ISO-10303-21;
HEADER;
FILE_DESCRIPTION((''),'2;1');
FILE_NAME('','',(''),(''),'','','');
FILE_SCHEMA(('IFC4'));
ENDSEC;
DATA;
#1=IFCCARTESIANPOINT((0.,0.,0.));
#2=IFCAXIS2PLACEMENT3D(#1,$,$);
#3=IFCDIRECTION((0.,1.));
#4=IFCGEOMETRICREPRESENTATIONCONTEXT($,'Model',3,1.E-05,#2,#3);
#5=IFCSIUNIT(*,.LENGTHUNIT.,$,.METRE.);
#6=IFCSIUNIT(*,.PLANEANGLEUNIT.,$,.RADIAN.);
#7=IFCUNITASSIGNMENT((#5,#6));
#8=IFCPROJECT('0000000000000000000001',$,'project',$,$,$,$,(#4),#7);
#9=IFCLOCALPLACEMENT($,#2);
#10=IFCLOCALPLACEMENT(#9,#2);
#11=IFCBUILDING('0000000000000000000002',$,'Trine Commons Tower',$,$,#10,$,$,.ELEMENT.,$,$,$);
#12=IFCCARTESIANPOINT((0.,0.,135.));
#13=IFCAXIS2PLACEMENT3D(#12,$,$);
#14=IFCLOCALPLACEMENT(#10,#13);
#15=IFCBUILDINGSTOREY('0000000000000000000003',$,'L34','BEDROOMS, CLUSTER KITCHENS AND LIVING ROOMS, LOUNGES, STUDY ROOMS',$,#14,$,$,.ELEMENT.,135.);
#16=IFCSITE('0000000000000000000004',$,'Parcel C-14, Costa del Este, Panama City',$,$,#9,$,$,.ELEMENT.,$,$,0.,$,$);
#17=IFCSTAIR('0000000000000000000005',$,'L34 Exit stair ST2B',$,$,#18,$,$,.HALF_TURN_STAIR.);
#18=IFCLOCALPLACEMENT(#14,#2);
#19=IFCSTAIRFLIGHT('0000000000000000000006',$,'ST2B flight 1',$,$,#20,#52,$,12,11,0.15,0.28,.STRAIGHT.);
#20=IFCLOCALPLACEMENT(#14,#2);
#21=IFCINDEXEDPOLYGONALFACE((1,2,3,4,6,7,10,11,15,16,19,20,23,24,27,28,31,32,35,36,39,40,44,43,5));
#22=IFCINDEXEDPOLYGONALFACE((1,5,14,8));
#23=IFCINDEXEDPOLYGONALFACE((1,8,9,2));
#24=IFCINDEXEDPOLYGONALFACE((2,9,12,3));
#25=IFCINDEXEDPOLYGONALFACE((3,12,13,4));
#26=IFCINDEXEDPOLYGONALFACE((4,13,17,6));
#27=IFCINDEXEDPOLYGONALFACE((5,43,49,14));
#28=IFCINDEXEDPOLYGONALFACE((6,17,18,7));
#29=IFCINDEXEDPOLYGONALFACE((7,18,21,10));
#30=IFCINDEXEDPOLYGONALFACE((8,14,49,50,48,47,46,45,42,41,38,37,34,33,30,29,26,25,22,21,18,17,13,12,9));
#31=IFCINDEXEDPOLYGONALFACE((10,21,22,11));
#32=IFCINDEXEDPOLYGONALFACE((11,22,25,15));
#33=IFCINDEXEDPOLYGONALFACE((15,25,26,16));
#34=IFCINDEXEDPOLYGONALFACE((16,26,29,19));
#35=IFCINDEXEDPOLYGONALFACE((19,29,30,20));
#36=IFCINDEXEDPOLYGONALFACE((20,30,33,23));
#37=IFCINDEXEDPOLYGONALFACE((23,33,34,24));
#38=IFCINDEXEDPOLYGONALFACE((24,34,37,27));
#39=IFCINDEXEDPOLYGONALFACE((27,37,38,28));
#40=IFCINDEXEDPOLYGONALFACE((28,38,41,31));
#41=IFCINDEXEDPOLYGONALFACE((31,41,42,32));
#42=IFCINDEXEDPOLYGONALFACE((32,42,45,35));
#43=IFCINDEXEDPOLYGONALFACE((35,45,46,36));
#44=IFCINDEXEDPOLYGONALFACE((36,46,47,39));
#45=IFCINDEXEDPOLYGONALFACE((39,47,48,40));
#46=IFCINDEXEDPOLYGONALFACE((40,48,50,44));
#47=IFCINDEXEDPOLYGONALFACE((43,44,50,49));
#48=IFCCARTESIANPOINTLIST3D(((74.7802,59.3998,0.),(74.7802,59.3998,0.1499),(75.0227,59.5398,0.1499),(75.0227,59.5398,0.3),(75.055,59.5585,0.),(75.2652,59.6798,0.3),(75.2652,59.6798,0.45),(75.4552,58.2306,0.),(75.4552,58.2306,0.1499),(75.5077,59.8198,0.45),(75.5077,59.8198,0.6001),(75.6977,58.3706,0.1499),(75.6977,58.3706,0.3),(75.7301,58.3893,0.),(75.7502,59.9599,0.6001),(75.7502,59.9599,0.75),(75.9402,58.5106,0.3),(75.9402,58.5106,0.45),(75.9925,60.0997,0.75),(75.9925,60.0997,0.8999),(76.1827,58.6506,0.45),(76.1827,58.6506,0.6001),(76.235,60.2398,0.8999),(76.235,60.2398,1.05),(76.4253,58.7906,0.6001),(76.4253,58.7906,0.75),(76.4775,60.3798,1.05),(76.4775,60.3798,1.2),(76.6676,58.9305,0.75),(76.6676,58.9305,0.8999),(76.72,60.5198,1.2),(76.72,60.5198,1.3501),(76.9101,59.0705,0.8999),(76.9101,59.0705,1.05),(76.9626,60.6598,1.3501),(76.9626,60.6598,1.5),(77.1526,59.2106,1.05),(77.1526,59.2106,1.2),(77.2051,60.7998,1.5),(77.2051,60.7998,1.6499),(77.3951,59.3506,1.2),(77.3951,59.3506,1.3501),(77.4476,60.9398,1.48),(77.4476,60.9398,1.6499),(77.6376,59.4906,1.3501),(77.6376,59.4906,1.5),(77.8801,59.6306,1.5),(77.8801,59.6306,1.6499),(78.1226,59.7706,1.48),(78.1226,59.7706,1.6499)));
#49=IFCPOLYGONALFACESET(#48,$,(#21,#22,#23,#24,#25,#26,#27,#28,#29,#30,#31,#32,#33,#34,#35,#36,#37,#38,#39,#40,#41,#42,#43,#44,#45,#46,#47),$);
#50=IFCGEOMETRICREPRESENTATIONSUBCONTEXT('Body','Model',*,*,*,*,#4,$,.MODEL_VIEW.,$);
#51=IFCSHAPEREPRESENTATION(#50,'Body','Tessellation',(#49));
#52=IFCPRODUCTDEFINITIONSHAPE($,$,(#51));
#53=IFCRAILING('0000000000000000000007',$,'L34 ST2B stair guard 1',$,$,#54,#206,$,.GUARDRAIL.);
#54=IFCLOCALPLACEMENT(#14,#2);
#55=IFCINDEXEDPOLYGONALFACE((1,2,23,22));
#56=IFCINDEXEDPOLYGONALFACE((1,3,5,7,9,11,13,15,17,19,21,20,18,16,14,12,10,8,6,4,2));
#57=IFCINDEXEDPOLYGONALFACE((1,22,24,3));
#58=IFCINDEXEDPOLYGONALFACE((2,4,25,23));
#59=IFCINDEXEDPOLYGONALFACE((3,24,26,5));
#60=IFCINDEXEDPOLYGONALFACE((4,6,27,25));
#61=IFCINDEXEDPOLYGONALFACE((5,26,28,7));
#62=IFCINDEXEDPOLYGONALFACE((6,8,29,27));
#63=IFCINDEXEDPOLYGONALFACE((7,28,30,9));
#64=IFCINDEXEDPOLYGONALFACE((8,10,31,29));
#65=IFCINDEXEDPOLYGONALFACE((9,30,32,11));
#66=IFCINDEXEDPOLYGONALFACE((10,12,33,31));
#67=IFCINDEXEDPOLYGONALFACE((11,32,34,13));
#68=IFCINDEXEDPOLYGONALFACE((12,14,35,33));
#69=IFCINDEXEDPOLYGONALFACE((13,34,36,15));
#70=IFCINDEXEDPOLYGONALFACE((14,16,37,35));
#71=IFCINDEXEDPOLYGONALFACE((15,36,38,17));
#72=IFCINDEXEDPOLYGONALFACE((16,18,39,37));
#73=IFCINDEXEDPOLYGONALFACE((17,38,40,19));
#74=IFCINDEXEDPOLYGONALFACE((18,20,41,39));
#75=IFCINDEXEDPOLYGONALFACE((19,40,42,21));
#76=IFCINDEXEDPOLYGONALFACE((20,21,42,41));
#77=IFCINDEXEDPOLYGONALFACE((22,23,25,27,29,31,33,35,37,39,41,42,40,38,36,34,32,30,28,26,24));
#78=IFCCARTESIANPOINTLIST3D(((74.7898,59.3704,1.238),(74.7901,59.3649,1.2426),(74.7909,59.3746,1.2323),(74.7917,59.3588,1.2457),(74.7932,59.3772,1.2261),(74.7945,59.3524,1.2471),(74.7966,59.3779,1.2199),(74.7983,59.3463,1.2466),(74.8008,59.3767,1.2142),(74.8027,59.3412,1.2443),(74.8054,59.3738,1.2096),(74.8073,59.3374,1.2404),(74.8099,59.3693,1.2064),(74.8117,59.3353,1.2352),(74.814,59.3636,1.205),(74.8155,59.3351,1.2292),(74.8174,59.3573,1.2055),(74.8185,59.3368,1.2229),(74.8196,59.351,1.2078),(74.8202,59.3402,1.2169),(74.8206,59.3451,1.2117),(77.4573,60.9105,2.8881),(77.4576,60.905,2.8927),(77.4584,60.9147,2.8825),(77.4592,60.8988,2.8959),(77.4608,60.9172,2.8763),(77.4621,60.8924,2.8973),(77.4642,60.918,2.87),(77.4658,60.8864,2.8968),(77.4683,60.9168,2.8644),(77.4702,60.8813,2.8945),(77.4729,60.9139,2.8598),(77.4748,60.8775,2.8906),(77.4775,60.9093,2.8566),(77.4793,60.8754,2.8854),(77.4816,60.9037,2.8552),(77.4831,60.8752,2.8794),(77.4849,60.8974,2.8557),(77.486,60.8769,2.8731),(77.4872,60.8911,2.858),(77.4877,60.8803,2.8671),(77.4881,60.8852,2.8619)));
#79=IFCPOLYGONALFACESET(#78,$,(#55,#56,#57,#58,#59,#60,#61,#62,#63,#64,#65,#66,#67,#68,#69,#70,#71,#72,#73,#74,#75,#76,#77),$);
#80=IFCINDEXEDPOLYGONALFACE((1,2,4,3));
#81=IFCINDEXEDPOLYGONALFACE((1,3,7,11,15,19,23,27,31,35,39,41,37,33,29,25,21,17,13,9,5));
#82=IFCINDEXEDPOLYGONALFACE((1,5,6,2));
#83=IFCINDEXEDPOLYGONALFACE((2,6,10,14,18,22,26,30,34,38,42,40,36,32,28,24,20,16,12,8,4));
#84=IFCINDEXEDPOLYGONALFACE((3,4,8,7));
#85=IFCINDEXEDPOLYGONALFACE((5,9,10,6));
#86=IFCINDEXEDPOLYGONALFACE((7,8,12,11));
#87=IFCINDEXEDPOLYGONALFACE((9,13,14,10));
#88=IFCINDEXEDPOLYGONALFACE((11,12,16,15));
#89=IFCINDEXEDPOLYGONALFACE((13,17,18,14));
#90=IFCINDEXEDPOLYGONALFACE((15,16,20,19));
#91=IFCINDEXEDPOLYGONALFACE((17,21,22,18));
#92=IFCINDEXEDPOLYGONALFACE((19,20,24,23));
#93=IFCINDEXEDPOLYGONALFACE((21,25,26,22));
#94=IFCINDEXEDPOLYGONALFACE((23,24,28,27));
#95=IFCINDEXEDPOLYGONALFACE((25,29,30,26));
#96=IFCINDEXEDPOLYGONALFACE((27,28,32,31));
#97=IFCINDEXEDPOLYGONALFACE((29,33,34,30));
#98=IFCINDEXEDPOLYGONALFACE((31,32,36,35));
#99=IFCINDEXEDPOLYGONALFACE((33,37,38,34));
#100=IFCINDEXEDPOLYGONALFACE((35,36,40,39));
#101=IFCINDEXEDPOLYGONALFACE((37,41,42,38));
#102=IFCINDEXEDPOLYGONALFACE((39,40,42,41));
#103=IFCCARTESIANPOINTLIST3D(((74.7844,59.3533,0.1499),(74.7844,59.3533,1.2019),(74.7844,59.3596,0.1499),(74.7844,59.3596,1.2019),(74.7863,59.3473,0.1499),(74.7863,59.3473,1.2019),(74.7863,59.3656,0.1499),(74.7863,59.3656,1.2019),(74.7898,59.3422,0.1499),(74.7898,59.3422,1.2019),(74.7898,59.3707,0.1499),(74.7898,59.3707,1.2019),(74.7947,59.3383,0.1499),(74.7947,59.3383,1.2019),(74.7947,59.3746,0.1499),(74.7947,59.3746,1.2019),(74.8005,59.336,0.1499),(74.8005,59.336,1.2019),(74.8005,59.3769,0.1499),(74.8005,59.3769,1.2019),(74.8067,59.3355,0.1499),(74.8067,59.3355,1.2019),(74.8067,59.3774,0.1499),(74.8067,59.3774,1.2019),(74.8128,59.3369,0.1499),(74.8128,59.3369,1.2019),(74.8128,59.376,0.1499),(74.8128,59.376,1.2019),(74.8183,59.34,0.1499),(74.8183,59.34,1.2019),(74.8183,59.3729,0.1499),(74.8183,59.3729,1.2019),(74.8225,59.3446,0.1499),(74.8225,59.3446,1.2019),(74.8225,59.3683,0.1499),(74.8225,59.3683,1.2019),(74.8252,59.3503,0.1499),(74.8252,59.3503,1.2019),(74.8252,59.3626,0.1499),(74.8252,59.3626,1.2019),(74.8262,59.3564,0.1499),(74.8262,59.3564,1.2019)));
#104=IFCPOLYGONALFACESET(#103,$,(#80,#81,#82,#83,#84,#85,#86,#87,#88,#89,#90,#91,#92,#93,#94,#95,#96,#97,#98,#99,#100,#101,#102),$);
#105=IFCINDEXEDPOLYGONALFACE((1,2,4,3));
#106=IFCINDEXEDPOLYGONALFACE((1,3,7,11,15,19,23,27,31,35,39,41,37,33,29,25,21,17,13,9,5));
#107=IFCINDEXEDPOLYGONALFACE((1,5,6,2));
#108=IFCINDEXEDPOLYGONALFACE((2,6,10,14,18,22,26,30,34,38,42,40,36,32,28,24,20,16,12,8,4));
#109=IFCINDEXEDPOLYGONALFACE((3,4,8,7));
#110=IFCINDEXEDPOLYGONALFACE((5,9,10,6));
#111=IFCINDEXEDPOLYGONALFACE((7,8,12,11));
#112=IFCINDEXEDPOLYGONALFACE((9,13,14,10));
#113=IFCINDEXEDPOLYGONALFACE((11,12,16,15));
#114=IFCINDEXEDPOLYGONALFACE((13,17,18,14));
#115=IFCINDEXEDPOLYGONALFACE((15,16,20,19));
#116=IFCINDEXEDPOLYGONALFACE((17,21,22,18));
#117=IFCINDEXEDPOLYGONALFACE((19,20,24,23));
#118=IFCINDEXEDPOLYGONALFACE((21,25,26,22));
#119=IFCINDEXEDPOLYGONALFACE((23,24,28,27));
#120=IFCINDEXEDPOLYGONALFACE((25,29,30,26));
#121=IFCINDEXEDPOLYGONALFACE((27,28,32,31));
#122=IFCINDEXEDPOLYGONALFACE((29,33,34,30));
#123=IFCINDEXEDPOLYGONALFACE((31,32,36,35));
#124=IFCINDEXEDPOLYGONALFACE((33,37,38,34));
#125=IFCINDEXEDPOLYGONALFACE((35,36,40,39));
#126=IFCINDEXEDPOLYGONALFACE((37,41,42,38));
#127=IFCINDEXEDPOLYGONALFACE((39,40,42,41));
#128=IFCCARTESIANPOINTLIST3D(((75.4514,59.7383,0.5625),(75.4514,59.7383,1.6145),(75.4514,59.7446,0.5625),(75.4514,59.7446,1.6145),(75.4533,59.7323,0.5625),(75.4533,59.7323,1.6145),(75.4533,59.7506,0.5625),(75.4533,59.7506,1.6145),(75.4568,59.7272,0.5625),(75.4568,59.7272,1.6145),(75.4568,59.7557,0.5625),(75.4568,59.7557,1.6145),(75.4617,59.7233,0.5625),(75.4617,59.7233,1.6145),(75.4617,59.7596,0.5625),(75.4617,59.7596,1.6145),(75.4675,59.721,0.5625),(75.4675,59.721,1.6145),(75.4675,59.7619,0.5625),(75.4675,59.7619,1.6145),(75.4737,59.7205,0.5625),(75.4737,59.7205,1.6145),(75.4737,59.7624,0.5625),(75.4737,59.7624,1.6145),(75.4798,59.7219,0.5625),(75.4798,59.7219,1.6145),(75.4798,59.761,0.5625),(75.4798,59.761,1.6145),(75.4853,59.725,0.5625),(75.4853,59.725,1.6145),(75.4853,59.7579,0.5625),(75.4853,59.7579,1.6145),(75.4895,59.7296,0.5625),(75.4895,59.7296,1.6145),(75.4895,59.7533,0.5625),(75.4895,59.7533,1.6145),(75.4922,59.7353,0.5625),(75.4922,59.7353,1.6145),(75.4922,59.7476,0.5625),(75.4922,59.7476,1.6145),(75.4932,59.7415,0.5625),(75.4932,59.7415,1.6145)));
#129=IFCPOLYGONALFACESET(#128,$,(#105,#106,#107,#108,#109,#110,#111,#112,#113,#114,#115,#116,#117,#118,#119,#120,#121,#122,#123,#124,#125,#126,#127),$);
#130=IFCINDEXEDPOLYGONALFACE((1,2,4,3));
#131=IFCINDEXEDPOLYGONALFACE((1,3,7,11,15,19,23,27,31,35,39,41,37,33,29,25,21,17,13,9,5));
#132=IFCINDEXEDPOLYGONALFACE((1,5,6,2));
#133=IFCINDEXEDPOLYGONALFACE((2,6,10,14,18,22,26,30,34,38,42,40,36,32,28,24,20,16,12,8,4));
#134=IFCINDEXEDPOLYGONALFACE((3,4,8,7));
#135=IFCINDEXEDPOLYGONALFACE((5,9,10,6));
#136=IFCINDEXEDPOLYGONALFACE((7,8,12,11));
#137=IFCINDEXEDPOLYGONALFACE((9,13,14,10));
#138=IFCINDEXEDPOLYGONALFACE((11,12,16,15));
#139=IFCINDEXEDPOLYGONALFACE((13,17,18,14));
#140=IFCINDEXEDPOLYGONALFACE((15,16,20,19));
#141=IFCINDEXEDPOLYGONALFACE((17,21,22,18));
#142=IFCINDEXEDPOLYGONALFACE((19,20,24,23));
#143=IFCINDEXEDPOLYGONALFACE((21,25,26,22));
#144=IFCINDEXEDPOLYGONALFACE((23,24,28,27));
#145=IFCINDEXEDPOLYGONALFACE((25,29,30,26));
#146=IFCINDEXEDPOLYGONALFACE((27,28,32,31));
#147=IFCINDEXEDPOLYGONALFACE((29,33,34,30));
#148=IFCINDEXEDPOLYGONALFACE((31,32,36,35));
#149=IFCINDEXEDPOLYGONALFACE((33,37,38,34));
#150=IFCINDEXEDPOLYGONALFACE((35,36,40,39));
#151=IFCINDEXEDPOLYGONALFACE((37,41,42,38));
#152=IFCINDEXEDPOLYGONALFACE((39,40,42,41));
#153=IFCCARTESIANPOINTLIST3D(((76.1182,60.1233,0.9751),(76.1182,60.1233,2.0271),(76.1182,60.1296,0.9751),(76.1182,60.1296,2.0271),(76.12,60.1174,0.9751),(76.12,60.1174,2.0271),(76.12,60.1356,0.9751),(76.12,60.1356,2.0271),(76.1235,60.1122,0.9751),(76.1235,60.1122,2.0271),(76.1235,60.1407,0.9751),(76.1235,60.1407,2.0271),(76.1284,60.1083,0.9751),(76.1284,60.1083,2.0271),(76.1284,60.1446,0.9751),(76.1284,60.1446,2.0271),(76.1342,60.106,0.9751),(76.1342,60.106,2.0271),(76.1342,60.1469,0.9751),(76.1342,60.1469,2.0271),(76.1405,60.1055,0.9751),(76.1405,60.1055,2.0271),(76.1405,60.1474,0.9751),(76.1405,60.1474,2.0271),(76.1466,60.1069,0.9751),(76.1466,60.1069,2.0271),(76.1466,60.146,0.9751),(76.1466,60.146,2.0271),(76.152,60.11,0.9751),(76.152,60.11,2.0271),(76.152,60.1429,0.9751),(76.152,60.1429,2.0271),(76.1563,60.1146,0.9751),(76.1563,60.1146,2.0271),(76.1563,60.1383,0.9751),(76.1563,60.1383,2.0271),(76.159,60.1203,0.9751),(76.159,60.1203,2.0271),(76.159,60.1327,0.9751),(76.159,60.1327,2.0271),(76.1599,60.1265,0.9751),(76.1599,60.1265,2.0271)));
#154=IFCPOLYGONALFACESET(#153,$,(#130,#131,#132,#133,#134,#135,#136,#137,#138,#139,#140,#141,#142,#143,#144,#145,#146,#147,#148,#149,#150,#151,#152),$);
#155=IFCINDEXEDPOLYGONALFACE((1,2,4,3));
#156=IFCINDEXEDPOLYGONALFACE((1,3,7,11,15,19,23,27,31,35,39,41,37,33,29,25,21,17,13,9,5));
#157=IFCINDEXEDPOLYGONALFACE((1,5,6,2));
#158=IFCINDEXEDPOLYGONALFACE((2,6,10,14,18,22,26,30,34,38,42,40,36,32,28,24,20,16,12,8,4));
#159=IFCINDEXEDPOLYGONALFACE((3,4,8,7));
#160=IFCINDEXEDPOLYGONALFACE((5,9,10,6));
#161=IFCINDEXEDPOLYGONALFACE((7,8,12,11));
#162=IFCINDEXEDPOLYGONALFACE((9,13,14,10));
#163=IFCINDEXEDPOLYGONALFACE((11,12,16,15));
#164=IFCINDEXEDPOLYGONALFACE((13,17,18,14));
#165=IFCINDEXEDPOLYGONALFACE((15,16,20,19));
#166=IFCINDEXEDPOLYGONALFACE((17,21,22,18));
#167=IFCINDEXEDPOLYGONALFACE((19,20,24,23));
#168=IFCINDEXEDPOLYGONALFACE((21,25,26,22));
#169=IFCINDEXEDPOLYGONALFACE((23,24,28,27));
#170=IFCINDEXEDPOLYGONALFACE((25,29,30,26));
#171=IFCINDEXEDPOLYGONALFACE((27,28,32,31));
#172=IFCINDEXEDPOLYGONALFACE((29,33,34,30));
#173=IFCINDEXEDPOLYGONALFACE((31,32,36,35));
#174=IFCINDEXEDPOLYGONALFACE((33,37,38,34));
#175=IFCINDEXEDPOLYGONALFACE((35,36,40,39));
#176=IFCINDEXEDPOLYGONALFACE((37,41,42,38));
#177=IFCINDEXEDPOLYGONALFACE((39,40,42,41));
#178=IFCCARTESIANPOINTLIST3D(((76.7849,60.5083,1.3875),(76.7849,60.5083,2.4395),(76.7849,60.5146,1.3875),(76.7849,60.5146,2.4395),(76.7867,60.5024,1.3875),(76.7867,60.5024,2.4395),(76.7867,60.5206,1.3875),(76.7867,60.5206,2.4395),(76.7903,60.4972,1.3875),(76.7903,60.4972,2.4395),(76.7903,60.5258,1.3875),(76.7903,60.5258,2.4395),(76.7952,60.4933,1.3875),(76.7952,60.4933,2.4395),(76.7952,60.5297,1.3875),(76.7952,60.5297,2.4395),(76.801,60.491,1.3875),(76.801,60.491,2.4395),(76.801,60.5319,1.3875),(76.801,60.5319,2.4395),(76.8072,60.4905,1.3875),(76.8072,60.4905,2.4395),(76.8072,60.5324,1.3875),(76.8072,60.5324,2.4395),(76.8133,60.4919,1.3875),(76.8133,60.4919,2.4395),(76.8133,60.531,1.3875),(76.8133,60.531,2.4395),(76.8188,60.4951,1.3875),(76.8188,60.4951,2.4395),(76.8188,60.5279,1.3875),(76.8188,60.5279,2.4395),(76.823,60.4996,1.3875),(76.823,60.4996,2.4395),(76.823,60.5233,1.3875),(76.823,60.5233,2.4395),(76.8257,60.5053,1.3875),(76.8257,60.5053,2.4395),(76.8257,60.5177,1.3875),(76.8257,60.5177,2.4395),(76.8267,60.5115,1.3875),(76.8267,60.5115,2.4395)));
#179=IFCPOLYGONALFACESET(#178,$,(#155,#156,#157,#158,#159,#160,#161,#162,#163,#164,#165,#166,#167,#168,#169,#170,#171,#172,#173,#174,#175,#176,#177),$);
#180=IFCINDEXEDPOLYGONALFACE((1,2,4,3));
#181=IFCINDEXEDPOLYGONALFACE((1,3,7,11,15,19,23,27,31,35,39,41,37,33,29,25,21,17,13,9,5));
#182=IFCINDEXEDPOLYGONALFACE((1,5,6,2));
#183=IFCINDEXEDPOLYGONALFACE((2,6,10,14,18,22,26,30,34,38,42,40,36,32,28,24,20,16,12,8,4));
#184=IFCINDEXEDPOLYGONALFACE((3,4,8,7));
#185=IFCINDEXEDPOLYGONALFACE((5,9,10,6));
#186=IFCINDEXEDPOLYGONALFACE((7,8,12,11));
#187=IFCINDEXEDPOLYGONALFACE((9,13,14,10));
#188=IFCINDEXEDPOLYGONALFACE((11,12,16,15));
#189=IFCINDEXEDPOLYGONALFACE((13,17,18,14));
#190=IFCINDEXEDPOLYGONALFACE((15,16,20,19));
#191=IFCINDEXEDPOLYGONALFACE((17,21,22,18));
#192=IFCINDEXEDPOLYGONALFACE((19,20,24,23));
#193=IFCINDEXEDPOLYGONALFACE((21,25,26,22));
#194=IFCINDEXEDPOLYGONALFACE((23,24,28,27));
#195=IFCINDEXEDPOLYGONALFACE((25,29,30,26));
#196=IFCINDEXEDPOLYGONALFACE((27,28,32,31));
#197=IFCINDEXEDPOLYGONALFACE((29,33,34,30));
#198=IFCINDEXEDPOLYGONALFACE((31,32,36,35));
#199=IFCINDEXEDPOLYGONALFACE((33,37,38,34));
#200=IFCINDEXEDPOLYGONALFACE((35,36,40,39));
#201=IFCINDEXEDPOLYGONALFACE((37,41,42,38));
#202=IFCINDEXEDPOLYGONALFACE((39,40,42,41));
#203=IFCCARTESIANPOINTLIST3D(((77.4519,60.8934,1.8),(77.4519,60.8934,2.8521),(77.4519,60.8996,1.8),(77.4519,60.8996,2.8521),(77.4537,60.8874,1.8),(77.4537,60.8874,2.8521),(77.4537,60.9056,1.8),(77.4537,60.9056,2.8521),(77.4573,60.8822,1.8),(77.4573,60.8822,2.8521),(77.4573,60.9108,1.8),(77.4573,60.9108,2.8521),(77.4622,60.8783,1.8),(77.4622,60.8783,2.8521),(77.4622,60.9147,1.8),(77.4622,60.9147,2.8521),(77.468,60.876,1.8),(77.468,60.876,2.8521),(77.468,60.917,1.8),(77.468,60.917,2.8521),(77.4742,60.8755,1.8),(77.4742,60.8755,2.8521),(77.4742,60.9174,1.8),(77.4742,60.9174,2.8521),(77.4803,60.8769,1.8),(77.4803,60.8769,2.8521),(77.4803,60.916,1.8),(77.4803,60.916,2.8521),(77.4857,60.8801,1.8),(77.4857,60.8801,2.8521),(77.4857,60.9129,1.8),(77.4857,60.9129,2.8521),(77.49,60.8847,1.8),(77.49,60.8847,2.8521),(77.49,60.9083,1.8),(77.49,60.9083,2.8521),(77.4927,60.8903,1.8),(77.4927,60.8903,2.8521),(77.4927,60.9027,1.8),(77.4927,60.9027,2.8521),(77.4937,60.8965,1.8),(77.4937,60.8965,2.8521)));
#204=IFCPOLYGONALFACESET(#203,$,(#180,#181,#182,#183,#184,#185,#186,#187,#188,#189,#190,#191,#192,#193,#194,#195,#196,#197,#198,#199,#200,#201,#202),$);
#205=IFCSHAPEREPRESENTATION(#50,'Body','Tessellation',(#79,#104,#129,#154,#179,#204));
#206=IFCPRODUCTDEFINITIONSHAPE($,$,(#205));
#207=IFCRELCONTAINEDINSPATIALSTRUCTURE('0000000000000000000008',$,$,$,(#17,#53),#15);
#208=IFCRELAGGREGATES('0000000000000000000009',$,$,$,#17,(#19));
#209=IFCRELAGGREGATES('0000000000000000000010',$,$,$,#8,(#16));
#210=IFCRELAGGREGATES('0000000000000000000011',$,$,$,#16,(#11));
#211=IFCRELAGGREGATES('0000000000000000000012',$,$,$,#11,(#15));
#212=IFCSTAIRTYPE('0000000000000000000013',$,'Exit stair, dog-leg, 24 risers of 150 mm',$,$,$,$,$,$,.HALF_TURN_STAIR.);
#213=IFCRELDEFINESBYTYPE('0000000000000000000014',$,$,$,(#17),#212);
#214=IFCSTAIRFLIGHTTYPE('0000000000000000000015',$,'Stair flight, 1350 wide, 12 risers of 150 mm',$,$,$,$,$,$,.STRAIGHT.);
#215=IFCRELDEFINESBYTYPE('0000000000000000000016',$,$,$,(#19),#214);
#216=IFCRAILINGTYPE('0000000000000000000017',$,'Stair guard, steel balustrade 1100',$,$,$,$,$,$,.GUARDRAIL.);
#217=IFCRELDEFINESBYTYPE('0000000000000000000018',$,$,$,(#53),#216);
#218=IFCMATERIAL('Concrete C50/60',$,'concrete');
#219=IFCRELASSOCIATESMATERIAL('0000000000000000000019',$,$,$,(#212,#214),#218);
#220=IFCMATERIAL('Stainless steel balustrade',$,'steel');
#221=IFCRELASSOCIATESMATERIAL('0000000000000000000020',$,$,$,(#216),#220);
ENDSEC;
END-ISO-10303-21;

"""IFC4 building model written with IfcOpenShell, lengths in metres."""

from ifc_helpers import new_model, si_unit, direction, frame, origin, origin_2d, place, context, subcontext, project, spatial, polyline, circle, outline, extrude, material, type_object, element, aggregate, save


model = new_model("IFC4")

# Units and contexts
model_context = context("Model", 3, precision=1e-05, world=origin(), true_north=direction((0.0, 1.0)))
body_context = subcontext(model_context, "Body", "Model", "MODEL_VIEW")
ifc_project = project(units=[si_unit("LENGTHUNIT", "METRE"), si_unit("PLANEANGLEUNIT", "RADIAN")], contexts=[model_context])

# Site, building, storey
site_placement = place(None, origin())
site = spatial("IfcSite", under=ifc_project, at=site_placement, Name="Parcel C-14, Costa del Este, Panama City", CompositionType="ELEMENT", RefElevation=0.0)
building_placement = place(site_placement, origin())
building = spatial("IfcBuilding", under=site, at=building_placement, Name="Trine Commons Tower", CompositionType="ELEMENT")
storey_placement = place(building_placement, frame((0.0, 0.0, 135.0)))
storey = spatial("IfcBuildingStorey", under=building, at=storey_placement, Name="L34", Description="BEDROOMS, CLUSTER KITCHENS AND LIVING ROOMS, LOUNGES, STUDY ROOMS", CompositionType="ELEMENT", Elevation=135.0)

# Stair, stair flight
ifc_material_1 = material(Name="Concrete C50/60", Category="concrete")
stair_type = type_object("IfcStairType", Name="Exit stair, dog-leg, 24 risers of 150 mm", PredefinedType="HALF_TURN_STAIR", material=ifc_material_1)
stair_placement = place(storey_placement, origin())
stair = element("IfcStair", 1, at=stair_placement, inside=storey, type_object=stair_type, Name="L34 Exit stair ST2B", PredefinedType="HALF_TURN_STAIR")
stair_flight_type = type_object("IfcStairFlightType", Name="Stair flight, 1350 wide, 12 risers of 150 mm", PredefinedType="STRAIGHT", material=ifc_material_1)
stair_flight_placement = place(storey_placement, frame((75.1177, 58.8152, 0.0), z_axis=(0.0, 0.0, 1.0), x_axis=(0.866025, 0.5, 0.0)))
stair_flight = element("IfcStairFlight", 2, at=stair_flight_placement, type_object=stair_flight_type, Name="ST2B flight 1", NumberOfRisers=12, NumberOfTreads=11, PredefinedType="STRAIGHT", RiserHeight=0.15, TreadLength=0.28, context=body_context, shape_type="SweptSolid", body=[
    extrude(outline(polyline([(0.0, 0.0), (0.0, 0.1499), (0.28, 0.1499), (0.28, 0.3), (0.5601, 0.3), (0.5601, 0.45), (0.8401, 0.45), (0.8401, 0.6001), (1.1201, 0.6001), (1.1201, 0.75), (1.3999, 0.75), (1.3999, 0.8999), (1.6799, 0.8999), (1.6799, 1.05), (1.96, 1.05), (1.96, 1.2), (2.24, 1.2), (2.24, 1.3501), (2.52, 1.3501), (2.52, 1.5), (2.8, 1.5), (2.8, 1.6499), (3.0801, 1.6499), (3.0801, 1.8), (3.0801, 1.48), (0.3174, 0.0), (0.0, 0.0)])), frame((0.0, 0.675, 0.0), z_axis=(0.0, -1.0, 0.0), x_axis=(1.0, 0.0, 0.0)), (0.0, 0.0, 1.0), 1.3501),
])
aggregate(stair, [stair_flight])

# Railing
ifc_material_2 = material(Name="Stainless steel balustrade", Category="steel")
railing_type_1 = type_object("IfcRailingType", Name="Stair guard, steel balustrade 1100", PredefinedType="GUARDRAIL", material=ifc_material_2)
railing_1_placement = place(storey_placement, frame((74.8052, 59.3564, 0.1499)))
element("IfcRailing", 3, at=railing_1_placement, inside=storey, type_object=railing_type_1, Name="L34 ST2B stair guard 1", PredefinedType="GUARDRAIL", context=body_context, shape_type="SweptSolid", body=[
    extrude(circle(Radius=0.0239, at=origin_2d()), frame((0.0, 0.0, 1.0762), z_axis=(0.76338, 0.440728, 0.472239), x_axis=(-0.499992, 0.86603, 0.0)), (0.0, 0.0, 1.0), 3.4944),
    extrude(circle(Radius=0.021, at=origin_2d()), origin(), (0.0, 0.0, 1.0), 1.052),
    extrude(circle(Radius=0.021, at=origin_2d()), frame((0.667, 0.385, 0.4126)), (0.0, 0.0, 1.0), 1.052),
    extrude(circle(Radius=0.021, at=origin_2d()), frame((1.3337, 0.77, 0.8252)), (0.0, 0.0, 1.0), 1.052),
    extrude(circle(Radius=0.021, at=origin_2d()), frame((2.0005, 1.155, 1.2375)), (0.0, 0.0, 1.0), 1.052),
    extrude(circle(Radius=0.021, at=origin_2d()), frame((2.6675, 1.54, 1.6501)), (0.0, 0.0, 1.0), 1.052),
])

save(model, "model.ifc")
